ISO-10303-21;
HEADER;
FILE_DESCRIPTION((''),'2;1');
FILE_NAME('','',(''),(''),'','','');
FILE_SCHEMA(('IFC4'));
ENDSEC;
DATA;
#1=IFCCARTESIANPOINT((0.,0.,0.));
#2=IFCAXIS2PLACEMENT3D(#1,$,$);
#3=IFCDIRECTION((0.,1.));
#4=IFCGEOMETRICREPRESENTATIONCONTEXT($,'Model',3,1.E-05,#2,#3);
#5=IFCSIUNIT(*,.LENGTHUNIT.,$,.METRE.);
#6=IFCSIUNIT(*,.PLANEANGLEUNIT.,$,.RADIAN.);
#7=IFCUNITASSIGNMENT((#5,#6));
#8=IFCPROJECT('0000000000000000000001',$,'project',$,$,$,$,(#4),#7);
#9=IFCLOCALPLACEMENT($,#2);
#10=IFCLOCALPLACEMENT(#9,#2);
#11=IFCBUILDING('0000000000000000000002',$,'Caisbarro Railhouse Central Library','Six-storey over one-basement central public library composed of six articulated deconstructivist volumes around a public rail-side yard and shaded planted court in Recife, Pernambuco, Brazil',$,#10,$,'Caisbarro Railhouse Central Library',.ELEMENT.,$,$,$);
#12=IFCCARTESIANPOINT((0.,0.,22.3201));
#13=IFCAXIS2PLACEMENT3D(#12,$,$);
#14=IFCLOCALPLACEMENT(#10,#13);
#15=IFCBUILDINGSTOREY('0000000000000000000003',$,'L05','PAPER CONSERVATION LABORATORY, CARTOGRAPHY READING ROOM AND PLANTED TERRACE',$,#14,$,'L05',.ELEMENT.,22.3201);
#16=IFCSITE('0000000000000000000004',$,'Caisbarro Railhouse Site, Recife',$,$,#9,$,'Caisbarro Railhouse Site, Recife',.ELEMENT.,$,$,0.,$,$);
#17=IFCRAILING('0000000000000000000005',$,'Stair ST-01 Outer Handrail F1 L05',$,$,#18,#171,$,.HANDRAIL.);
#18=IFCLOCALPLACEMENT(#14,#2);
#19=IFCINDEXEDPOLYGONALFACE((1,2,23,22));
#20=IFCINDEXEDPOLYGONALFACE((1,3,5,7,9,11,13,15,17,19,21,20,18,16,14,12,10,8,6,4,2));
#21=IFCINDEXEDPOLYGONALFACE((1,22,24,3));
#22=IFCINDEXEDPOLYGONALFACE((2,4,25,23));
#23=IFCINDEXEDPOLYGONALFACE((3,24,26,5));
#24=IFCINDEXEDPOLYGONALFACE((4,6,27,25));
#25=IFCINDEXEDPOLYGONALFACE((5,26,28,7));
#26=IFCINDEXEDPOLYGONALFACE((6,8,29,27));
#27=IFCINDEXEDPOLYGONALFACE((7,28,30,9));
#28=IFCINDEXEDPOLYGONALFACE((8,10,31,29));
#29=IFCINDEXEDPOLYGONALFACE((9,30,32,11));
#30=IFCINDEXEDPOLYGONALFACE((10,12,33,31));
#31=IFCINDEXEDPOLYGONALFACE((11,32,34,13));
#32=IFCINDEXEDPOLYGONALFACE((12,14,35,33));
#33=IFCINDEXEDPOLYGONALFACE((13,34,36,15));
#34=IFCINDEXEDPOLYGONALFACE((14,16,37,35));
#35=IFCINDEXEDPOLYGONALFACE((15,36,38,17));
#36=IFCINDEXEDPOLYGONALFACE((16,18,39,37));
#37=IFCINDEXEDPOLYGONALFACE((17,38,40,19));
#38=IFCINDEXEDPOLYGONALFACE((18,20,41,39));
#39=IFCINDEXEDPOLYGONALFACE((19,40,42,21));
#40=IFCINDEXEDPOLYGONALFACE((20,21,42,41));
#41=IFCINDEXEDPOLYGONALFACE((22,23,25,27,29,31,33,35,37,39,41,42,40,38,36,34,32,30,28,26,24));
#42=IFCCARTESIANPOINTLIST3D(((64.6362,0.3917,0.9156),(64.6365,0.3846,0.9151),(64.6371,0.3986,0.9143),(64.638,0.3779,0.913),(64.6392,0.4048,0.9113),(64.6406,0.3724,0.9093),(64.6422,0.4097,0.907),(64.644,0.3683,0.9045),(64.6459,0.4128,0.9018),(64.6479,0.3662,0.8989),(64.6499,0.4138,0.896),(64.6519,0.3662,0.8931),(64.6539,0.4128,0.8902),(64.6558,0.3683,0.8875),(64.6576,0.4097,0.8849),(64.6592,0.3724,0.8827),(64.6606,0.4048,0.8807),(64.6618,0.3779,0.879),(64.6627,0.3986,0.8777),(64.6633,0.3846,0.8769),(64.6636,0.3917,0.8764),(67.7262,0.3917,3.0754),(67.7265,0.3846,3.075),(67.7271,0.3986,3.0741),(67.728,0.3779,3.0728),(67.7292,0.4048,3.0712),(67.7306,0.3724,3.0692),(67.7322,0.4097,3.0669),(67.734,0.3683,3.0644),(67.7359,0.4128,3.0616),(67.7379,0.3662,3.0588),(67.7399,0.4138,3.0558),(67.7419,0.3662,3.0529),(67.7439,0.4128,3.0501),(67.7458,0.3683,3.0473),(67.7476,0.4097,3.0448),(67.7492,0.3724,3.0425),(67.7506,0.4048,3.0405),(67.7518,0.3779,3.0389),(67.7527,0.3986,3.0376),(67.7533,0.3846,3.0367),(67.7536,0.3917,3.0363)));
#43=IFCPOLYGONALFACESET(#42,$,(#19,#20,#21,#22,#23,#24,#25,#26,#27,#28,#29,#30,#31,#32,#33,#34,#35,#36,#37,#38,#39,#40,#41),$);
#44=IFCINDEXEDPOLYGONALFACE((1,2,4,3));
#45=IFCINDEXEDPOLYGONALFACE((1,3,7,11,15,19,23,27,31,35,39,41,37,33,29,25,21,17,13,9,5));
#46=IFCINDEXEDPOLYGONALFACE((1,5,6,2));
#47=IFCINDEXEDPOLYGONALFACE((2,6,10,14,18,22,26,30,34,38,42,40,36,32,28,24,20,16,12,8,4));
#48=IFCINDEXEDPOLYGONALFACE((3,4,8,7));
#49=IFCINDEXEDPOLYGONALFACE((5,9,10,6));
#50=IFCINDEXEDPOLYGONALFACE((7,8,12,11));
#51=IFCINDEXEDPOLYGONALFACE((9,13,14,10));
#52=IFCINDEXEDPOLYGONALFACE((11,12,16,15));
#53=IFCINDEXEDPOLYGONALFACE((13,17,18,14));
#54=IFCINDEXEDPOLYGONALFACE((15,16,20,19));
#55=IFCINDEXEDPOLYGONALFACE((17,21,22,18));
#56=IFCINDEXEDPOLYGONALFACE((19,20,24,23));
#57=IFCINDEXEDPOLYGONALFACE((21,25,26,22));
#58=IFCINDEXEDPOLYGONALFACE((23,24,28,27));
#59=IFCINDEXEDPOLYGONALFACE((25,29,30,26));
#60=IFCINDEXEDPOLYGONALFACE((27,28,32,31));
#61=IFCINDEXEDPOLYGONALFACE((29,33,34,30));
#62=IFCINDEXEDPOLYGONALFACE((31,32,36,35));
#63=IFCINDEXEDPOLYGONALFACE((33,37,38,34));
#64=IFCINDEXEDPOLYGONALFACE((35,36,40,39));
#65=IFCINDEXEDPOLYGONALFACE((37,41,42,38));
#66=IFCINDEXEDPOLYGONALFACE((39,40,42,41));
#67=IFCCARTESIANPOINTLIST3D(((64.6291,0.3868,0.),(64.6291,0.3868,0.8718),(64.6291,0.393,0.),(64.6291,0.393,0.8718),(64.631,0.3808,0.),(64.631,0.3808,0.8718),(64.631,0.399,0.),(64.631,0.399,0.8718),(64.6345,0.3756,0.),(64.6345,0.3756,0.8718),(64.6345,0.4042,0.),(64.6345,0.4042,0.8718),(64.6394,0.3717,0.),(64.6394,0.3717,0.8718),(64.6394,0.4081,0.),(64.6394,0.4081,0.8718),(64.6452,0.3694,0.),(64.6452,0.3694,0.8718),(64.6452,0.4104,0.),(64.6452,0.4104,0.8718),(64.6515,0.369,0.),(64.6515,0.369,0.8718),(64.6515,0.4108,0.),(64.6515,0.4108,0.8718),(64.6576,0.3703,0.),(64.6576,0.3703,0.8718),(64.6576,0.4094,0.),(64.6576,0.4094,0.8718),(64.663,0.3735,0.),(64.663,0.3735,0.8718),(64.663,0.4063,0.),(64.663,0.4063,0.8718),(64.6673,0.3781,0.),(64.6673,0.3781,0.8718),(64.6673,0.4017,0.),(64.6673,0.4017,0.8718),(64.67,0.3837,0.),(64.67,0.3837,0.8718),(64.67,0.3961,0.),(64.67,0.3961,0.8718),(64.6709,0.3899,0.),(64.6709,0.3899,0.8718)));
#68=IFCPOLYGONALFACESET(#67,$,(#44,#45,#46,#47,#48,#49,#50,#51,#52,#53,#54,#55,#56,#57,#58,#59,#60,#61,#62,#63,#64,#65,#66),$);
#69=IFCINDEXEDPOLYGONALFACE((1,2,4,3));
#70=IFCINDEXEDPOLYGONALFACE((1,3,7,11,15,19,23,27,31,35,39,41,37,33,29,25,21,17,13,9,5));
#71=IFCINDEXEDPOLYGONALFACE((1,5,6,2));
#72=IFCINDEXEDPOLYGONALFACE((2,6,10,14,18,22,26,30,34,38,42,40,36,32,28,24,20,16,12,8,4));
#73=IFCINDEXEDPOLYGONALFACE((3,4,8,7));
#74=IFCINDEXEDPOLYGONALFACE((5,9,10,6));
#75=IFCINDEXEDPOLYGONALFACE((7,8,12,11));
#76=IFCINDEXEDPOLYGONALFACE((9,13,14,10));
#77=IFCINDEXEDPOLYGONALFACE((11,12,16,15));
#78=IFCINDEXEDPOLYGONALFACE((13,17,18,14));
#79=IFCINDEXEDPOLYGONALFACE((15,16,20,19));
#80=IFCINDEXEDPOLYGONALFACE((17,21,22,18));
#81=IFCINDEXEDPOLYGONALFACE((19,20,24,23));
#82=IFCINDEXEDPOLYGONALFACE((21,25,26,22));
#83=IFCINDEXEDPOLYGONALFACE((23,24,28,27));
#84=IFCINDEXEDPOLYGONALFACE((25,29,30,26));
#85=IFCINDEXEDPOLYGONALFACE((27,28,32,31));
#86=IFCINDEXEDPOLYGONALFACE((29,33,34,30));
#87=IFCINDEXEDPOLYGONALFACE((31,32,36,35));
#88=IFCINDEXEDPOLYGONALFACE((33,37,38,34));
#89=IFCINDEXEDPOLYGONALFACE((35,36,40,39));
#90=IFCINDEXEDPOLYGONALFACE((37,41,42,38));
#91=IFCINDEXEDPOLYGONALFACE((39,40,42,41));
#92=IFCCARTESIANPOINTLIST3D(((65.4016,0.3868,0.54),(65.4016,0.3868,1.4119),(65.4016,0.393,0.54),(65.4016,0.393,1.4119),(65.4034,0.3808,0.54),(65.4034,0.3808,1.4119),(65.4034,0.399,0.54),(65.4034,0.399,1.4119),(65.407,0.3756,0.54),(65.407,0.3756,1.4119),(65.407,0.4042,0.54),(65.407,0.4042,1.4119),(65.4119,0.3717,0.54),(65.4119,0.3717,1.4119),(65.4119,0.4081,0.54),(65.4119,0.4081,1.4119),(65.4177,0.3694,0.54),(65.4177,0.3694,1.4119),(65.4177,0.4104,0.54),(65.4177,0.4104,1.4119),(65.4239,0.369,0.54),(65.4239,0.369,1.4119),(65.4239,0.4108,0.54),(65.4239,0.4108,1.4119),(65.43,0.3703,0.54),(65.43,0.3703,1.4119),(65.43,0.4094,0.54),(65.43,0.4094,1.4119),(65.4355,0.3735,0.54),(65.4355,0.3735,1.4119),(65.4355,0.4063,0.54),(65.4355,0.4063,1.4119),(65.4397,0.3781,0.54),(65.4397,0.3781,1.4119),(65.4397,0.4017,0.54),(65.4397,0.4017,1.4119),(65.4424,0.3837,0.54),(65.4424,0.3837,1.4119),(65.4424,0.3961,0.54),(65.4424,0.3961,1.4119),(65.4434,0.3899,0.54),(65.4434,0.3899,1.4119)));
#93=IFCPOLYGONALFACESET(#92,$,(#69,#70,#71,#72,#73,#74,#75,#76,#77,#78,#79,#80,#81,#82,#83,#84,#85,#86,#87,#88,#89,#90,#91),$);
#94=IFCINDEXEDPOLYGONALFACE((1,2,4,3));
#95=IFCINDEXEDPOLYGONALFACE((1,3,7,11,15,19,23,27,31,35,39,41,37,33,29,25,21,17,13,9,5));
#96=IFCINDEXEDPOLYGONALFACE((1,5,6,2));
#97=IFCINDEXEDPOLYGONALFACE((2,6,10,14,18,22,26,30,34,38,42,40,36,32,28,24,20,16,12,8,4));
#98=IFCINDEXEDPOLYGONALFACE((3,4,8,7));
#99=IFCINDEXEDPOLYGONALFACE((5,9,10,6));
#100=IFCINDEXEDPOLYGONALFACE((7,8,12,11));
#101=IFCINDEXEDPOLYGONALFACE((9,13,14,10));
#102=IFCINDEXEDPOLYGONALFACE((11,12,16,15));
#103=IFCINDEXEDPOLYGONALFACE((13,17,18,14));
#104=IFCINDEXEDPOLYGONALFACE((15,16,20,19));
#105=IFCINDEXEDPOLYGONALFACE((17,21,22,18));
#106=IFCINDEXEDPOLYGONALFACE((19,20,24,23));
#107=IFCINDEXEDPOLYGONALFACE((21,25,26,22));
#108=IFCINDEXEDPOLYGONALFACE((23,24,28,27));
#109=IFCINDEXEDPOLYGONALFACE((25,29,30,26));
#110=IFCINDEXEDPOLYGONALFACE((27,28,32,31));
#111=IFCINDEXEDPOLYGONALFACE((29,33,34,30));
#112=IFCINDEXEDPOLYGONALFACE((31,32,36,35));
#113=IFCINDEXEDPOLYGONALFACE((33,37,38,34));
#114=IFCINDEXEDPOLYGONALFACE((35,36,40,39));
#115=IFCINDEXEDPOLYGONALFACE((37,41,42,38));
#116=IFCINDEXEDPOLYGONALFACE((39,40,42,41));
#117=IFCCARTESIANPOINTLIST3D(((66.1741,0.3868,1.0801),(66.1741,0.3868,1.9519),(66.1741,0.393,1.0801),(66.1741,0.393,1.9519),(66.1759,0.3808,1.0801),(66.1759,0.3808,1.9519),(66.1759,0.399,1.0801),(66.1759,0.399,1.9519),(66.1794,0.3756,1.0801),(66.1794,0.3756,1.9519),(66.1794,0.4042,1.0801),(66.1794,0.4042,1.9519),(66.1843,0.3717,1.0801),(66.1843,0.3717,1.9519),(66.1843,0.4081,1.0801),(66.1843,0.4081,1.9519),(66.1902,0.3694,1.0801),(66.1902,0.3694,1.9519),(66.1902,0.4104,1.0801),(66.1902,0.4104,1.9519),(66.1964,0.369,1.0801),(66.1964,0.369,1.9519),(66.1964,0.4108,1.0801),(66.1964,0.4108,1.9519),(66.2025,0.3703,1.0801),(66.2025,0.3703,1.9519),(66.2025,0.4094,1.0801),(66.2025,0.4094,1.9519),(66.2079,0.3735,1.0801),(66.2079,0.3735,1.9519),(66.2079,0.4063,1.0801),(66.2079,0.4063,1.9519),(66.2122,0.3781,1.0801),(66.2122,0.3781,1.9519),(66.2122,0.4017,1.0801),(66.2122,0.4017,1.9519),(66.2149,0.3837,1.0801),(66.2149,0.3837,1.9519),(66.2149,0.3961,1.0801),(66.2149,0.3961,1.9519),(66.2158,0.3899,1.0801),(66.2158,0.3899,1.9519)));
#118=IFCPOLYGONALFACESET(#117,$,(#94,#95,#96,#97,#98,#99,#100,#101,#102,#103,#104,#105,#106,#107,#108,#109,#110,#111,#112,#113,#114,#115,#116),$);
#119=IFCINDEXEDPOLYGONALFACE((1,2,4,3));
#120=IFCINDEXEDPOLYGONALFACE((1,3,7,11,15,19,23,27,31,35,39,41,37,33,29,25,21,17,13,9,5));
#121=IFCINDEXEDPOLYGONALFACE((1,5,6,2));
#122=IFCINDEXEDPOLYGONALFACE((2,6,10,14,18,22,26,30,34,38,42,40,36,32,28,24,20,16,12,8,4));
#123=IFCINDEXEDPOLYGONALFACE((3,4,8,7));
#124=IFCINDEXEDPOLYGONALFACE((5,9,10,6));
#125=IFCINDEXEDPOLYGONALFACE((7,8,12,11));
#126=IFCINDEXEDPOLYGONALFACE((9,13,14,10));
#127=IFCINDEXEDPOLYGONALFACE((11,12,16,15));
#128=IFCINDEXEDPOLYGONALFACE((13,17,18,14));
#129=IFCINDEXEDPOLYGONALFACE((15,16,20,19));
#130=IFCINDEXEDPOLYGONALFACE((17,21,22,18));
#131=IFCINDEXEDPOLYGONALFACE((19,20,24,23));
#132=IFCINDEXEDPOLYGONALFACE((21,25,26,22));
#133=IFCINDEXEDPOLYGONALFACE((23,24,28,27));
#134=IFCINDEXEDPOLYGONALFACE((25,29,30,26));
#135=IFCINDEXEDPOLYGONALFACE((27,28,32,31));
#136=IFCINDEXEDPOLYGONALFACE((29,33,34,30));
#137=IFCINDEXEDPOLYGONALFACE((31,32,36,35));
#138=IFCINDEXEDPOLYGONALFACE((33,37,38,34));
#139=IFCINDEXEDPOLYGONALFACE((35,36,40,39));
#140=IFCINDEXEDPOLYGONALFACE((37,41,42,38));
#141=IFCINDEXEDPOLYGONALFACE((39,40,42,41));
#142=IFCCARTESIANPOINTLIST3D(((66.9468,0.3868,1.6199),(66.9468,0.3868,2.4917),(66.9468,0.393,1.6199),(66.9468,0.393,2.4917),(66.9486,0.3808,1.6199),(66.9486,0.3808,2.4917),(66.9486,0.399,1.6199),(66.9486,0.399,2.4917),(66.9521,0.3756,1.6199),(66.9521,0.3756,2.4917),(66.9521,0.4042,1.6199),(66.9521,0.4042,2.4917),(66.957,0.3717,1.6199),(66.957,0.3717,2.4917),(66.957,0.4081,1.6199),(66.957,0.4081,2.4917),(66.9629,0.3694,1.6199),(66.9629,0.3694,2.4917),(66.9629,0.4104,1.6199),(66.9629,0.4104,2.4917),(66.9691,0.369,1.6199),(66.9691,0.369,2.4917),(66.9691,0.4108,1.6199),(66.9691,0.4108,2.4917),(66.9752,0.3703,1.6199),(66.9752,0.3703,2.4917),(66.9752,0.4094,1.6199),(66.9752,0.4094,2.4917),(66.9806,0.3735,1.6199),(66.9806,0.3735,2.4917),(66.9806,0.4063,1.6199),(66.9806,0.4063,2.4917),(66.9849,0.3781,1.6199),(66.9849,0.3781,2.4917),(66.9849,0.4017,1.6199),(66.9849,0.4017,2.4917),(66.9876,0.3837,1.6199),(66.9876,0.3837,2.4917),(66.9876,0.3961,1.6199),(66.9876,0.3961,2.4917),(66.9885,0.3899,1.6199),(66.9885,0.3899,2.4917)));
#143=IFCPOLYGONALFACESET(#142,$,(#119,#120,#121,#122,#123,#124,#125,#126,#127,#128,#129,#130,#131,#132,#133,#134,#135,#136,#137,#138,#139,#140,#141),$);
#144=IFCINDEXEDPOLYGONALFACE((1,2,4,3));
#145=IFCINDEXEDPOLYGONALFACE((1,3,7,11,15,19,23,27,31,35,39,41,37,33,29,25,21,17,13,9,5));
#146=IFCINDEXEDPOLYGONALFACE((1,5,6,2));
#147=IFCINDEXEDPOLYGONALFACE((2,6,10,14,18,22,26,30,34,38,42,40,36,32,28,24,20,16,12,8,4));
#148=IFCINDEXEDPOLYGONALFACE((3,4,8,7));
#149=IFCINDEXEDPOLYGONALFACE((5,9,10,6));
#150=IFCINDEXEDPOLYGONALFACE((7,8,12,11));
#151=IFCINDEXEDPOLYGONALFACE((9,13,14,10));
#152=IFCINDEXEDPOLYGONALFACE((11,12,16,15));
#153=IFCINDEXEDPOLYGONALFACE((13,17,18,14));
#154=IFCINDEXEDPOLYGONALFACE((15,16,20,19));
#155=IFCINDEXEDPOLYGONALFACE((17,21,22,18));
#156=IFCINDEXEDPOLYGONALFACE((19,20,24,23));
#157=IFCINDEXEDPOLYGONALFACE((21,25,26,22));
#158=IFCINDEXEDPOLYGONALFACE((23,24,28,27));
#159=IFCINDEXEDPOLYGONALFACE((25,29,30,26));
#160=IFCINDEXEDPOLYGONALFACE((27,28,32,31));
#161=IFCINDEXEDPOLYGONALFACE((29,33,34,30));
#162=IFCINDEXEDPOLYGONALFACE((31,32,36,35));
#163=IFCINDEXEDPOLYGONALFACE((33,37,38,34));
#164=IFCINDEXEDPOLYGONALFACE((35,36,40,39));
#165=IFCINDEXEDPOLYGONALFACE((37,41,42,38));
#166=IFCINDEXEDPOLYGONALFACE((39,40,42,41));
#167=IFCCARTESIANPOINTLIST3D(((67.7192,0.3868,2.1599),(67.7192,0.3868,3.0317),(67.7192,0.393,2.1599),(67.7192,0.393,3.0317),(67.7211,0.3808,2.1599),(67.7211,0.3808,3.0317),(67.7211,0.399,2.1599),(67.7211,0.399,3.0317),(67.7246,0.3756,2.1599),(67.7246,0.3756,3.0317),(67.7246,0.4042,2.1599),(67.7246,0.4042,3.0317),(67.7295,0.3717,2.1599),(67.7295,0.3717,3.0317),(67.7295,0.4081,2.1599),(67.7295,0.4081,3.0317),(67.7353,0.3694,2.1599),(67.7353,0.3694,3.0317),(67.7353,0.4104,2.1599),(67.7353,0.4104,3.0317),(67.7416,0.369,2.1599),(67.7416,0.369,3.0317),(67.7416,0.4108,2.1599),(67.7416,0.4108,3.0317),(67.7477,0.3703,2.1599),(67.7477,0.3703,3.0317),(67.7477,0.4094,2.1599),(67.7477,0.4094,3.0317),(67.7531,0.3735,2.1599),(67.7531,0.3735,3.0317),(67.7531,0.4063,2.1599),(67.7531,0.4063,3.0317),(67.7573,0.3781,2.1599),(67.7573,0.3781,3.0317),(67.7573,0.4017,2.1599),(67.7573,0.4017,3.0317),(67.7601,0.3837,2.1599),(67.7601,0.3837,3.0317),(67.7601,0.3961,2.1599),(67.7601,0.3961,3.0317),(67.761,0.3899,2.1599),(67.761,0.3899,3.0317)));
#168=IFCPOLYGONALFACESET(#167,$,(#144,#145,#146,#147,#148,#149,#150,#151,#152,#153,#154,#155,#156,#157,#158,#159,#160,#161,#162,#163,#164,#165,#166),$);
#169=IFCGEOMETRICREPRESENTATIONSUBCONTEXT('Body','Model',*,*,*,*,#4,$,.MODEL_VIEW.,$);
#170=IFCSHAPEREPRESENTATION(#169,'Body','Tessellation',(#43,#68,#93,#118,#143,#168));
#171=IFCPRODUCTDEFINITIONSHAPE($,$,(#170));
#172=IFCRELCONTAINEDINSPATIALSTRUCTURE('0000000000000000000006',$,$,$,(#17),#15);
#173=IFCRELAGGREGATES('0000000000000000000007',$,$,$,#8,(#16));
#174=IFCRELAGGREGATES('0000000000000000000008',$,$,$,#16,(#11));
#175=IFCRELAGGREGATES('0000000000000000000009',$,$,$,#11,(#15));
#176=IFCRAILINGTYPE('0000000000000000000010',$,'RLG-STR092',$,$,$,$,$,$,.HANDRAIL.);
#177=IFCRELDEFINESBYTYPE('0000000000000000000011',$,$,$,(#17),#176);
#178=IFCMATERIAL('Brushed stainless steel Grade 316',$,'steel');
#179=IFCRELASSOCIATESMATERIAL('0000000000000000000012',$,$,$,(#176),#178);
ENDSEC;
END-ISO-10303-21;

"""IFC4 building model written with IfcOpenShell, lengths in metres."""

from ifc_helpers import new_model, si_unit, direction, frame, origin, origin_2d, place, context, subcontext, project, spatial, circle, extrude, material, type_object, element, save


model = new_model("IFC4")

# Units and contexts
model_context = context("Model", 3, precision=1e-05, world=origin(), true_north=direction((0.0, 1.0)))
body_context = subcontext(model_context, "Body", "Model", "MODEL_VIEW")
ifc_project = project(units=[si_unit("LENGTHUNIT", "METRE"), si_unit("PLANEANGLEUNIT", "RADIAN")], contexts=[model_context])

# Site, building, storey
site_placement = place(None, origin())
site = spatial("IfcSite", under=ifc_project, at=site_placement, Name="Caisbarro Railhouse Site, Recife", LongName="Caisbarro Railhouse Site, Recife", CompositionType="ELEMENT", RefElevation=0.0)
building_placement = place(site_placement, origin())
building = spatial("IfcBuilding", under=site, at=building_placement, Name="Caisbarro Railhouse Central Library", Description="Six-storey over one-basement central public library composed of six articulated deconstructivist volumes around a public rail-side yard and shaded planted court in Recife, Pernambuco, Brazil", LongName="Caisbarro Railhouse Central Library", CompositionType="ELEMENT")
storey_placement = place(building_placement, frame((0.0, 0.0, 22.3201)))
storey = spatial("IfcBuildingStorey", under=building, at=storey_placement, Name="L05", Description="PAPER CONSERVATION LABORATORY, CARTOGRAPHY READING ROOM AND PLANTED TERRACE", LongName="L05", CompositionType="ELEMENT", Elevation=22.3201)

# Railing
ifc_material_1 = material(Name="Brushed stainless steel Grade 316", Category="steel")
railing_type_1 = type_object("IfcRailingType", Name="RLG-STR092", PredefinedType="HANDRAIL", material=ifc_material_1)
railing_1_placement = place(storey_placement, frame((64.6499, 0.3899, 0.0)))
element("IfcRailing", 1, at=railing_1_placement, inside=storey, type_object=railing_type_1, Name="Stair ST-01 Outer Handrail F1 L05", PredefinedType="HANDRAIL", context=body_context, shape_type="SweptSolid", body=[
    extrude(circle(Radius=0.0239, at=origin_2d()), frame((0.0, 0.0, 0.896), z_axis=(0.819624, 0.0, 0.572902), x_axis=(0.0, 1.0, 0.0)), (0.0, 0.0, 1.0), 3.77),
    extrude(circle(Radius=0.021, at=origin_2d()), origin(), (0.0, 0.0, 1.0), 0.8718),
    extrude(circle(Radius=0.021, at=origin_2d()), frame((0.7725, 0.0, 0.54)), (0.0, 0.0, 1.0), 0.8718),
    extrude(circle(Radius=0.021, at=origin_2d()), frame((1.5449, 0.0, 1.0801)), (0.0, 0.0, 1.0), 0.8718),
    extrude(circle(Radius=0.021, at=origin_2d()), frame((2.3176, 0.0, 1.6199)), (0.0, 0.0, 1.0), 0.8718),
    extrude(circle(Radius=0.021, at=origin_2d()), frame((3.0901, 0.0, 2.1599)), (0.0, 0.0, 1.0), 0.8718),
])

save(model, "model.ifc")
